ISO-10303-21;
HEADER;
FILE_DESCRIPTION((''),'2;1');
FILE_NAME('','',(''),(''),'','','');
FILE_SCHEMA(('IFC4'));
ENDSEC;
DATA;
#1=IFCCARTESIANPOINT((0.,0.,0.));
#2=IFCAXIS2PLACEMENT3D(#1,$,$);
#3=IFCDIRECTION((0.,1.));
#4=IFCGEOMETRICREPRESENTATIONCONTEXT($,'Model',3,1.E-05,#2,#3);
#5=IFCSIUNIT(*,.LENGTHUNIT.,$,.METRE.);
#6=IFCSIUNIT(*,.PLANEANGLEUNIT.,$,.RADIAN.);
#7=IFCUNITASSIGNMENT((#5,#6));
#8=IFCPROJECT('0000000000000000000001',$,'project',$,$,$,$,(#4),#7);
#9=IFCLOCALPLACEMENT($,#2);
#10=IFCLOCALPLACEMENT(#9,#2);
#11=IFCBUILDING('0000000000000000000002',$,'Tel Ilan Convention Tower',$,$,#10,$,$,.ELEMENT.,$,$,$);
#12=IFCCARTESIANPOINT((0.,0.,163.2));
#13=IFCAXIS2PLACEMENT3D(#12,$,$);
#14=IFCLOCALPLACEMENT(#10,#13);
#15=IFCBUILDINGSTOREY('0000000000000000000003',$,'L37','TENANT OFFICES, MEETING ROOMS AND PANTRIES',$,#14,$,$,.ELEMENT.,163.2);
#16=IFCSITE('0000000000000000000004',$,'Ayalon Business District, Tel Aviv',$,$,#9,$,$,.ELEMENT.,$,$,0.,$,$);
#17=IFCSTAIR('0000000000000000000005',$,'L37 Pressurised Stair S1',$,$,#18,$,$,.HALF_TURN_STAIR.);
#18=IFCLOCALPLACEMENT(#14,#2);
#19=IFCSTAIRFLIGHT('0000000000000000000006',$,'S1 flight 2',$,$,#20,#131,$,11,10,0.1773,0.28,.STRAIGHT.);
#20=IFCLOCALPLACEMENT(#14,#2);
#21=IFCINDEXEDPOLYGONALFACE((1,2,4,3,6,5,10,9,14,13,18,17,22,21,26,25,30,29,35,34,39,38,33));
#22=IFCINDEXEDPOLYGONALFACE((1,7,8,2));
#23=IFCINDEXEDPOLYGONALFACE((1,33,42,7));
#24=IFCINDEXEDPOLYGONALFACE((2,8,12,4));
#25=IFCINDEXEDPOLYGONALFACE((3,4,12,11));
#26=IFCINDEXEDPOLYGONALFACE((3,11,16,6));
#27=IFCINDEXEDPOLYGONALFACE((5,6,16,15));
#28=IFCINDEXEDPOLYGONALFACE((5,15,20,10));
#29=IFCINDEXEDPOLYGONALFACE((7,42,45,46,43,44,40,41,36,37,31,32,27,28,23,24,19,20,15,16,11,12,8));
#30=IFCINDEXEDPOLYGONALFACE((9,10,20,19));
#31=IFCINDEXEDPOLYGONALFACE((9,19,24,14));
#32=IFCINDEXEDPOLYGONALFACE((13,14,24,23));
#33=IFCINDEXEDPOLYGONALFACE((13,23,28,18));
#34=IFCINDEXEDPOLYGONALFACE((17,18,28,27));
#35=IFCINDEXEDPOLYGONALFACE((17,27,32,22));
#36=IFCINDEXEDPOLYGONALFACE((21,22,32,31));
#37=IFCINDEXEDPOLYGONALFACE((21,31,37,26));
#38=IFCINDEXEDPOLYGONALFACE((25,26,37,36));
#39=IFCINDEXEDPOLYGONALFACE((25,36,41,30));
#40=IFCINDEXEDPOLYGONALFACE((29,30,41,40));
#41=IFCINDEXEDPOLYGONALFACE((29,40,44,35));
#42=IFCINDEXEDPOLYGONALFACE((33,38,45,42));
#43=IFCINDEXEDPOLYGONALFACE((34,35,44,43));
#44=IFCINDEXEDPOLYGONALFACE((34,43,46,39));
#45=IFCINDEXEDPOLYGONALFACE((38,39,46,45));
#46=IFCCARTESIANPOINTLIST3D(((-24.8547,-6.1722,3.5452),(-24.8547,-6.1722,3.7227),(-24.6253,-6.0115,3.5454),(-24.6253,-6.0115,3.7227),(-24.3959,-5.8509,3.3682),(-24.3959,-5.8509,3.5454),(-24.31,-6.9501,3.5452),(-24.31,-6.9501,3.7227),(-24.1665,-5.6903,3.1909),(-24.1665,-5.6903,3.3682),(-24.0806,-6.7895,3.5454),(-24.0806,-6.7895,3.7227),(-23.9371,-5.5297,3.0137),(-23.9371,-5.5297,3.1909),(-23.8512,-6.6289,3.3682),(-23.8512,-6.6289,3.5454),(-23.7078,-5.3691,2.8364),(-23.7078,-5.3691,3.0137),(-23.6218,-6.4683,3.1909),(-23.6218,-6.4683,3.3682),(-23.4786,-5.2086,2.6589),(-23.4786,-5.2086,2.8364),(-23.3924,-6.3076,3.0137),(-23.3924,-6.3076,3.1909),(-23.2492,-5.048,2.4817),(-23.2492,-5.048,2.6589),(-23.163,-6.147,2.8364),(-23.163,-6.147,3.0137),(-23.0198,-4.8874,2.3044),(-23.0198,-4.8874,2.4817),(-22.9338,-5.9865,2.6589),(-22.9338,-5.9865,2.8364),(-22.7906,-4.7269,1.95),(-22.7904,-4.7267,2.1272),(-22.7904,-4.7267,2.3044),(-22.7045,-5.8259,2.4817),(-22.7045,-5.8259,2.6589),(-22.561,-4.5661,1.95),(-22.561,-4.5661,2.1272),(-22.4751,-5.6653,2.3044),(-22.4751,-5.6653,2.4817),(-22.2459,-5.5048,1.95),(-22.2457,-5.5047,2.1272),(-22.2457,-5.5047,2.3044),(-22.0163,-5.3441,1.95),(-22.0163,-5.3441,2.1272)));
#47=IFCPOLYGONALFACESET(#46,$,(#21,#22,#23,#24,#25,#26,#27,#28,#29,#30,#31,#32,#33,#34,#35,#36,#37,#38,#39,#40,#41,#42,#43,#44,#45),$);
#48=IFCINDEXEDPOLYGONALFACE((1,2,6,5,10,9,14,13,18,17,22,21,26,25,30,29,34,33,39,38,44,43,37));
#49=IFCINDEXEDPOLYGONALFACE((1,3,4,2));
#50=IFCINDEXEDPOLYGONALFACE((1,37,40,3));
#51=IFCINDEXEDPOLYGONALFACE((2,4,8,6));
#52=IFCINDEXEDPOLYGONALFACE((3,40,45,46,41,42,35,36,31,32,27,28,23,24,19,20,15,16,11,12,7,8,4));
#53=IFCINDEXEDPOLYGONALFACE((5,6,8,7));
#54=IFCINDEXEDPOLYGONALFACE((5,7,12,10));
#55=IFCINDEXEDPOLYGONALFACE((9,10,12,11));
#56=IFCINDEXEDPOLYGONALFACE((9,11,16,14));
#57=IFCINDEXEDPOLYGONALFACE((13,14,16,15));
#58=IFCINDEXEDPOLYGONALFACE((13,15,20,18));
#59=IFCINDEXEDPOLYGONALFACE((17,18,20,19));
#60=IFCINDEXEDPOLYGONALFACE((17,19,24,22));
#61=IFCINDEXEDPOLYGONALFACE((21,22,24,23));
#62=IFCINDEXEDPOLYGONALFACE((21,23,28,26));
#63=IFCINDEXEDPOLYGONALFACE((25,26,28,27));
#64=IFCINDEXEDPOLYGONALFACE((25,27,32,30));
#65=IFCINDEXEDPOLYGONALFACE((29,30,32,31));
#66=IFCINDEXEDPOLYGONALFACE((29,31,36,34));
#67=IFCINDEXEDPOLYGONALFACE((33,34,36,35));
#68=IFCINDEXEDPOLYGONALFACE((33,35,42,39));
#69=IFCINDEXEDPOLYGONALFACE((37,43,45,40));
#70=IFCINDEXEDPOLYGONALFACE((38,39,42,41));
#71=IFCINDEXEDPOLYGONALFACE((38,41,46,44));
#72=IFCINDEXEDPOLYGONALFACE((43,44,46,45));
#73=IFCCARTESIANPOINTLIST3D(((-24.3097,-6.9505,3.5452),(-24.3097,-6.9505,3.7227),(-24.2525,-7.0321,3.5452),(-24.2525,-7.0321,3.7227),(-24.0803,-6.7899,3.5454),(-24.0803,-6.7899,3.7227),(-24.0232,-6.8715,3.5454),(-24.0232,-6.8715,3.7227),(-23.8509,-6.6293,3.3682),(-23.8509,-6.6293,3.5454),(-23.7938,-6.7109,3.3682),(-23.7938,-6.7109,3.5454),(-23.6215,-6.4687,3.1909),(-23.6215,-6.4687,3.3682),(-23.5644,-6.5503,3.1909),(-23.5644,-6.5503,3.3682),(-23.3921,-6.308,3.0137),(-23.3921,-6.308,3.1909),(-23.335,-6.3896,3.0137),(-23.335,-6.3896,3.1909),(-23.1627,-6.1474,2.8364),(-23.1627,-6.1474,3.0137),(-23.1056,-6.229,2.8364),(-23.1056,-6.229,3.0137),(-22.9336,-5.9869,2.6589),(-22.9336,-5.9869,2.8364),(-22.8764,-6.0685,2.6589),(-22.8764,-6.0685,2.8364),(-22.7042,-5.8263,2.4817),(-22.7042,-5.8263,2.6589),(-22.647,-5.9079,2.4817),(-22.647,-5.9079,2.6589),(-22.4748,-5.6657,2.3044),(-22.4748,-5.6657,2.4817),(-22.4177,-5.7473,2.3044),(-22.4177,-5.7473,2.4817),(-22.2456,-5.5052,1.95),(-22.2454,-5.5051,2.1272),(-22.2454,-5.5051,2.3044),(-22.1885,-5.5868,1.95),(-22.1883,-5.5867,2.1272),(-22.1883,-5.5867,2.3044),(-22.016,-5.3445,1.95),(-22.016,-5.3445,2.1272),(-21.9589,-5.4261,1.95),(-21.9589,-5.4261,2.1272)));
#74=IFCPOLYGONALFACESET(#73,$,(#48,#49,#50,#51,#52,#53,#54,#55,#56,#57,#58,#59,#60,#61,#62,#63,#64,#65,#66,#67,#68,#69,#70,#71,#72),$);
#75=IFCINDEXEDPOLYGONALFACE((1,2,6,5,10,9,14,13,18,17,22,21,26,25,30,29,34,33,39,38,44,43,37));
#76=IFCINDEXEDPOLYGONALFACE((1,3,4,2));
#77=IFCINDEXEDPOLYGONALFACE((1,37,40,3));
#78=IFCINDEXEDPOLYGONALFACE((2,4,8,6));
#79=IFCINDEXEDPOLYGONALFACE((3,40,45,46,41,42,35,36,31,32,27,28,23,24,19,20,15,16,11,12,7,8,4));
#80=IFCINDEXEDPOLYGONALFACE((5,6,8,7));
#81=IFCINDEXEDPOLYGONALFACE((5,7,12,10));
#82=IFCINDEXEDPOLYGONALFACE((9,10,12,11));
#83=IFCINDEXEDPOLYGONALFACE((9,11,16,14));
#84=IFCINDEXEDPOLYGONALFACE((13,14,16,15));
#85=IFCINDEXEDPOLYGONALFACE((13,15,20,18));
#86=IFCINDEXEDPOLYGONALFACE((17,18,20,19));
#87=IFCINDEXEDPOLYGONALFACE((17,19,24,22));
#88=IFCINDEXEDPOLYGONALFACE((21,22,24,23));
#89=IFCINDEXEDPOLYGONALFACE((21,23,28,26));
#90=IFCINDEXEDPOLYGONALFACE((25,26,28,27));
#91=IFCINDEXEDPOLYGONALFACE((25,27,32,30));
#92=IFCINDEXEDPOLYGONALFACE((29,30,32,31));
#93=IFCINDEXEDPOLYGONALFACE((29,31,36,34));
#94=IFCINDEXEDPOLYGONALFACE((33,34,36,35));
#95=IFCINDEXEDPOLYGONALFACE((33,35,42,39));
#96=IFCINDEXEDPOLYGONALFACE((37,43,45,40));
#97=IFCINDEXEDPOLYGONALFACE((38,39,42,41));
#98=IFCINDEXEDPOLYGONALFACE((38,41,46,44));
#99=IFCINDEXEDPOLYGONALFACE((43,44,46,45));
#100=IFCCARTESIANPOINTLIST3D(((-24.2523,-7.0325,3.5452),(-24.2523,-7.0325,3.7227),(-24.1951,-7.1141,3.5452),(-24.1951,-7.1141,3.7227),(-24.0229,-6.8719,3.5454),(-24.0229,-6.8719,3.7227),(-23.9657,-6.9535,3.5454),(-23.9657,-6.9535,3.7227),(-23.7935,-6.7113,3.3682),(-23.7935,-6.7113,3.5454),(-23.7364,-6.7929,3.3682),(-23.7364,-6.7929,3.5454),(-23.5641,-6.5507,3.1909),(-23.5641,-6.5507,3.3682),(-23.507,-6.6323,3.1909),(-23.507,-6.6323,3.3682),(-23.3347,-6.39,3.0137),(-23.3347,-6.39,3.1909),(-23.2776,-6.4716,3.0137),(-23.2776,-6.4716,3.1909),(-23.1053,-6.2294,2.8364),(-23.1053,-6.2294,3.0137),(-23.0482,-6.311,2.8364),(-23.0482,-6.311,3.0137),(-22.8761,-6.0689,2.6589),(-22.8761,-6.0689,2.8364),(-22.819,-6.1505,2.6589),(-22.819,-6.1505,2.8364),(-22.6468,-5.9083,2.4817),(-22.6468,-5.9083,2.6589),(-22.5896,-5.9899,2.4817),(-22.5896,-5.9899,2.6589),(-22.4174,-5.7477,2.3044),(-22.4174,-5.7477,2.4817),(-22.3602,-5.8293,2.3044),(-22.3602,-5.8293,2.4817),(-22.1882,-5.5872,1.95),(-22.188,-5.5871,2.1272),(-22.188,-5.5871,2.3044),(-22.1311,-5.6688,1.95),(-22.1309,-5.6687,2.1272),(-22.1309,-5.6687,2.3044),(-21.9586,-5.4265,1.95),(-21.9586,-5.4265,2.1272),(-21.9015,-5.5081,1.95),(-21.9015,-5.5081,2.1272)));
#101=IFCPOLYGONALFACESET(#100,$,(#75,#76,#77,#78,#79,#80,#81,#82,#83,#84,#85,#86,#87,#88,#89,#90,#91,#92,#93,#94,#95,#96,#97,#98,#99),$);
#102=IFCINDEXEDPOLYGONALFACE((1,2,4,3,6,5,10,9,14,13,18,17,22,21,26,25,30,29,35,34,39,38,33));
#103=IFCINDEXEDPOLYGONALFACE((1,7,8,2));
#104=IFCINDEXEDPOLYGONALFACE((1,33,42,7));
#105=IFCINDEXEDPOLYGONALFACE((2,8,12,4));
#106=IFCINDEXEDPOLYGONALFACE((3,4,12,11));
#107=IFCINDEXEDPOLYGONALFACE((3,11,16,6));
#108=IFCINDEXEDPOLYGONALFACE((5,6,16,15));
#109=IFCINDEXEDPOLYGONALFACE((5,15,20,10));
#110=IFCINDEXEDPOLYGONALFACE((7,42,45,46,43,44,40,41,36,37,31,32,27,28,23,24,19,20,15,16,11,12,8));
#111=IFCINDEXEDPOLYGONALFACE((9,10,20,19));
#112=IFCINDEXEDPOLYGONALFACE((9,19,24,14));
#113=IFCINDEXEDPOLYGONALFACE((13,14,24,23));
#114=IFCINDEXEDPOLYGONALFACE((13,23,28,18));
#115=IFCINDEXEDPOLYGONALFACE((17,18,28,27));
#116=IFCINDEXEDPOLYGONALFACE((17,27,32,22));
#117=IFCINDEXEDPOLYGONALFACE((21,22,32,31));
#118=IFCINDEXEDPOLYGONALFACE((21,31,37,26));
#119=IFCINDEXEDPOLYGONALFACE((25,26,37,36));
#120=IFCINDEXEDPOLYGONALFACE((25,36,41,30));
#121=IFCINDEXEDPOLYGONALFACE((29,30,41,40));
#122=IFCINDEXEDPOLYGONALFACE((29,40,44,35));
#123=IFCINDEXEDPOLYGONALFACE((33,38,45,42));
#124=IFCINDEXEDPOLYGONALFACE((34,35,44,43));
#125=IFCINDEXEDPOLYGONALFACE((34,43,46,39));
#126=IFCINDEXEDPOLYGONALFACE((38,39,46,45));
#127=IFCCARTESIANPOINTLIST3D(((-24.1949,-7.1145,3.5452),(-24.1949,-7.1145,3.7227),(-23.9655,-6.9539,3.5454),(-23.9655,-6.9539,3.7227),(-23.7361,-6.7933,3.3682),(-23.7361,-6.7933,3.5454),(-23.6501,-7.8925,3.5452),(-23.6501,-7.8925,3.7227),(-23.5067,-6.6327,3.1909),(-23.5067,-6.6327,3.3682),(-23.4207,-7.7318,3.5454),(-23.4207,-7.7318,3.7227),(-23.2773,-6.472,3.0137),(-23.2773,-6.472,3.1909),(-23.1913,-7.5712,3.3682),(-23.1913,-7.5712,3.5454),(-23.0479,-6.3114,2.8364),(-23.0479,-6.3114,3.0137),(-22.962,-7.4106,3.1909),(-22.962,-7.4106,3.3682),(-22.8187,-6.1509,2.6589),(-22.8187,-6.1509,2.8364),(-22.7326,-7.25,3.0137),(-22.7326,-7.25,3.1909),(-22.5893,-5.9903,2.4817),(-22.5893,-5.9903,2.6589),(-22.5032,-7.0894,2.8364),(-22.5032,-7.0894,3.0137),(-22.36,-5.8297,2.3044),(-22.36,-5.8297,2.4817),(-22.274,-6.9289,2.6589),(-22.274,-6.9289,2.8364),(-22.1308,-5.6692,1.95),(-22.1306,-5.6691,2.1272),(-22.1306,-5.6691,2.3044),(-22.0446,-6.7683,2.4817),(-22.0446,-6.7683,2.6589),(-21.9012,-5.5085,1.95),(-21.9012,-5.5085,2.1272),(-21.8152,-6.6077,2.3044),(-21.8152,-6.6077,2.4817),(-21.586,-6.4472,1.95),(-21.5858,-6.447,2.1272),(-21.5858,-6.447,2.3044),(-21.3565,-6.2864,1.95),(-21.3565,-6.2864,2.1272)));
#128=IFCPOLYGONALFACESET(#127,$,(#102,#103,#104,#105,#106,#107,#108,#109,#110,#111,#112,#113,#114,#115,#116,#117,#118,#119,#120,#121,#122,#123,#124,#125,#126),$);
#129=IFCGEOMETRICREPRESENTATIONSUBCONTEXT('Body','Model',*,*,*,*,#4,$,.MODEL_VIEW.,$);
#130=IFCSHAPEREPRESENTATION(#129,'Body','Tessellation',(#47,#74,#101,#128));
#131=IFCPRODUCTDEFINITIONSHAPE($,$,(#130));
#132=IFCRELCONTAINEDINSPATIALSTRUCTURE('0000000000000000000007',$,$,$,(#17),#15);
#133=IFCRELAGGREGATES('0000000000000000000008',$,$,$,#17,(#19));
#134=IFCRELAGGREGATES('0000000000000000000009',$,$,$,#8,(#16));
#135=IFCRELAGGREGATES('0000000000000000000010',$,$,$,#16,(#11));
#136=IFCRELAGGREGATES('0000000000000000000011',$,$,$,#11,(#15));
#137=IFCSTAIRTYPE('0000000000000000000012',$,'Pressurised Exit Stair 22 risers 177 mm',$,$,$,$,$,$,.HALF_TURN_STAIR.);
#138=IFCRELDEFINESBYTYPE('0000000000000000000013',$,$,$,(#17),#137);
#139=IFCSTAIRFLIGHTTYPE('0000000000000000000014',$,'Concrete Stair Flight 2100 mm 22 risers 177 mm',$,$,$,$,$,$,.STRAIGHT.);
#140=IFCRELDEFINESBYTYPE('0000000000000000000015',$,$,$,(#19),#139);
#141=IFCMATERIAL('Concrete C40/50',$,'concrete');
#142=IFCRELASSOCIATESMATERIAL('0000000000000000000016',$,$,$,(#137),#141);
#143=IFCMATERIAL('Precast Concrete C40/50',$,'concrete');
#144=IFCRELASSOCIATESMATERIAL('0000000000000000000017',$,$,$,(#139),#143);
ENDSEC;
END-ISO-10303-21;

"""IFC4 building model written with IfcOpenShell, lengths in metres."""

from ifc_helpers import new_model, si_unit, direction, frame, origin, place, context, subcontext, project, spatial, polyline, outline, extrude, material, type_object, element, aggregate, save


model = new_model("IFC4")

# Units and contexts
model_context = context("Model", 3, precision=1e-05, world=origin(), true_north=direction((0.0, 1.0)))
body_context = subcontext(model_context, "Body", "Model", "MODEL_VIEW")
ifc_project = project(units=[si_unit("LENGTHUNIT", "METRE"), si_unit("PLANEANGLEUNIT", "RADIAN")], contexts=[model_context])

# Site, building, storey
site_placement = place(None, origin())
site = spatial("IfcSite", under=ifc_project, at=site_placement, Name="Ayalon Business District, Tel Aviv", CompositionType="ELEMENT", RefElevation=0.0)
building_placement = place(site_placement, origin())
building = spatial("IfcBuilding", under=site, at=building_placement, Name="Tel Ilan Convention Tower", CompositionType="ELEMENT")
storey_placement = place(building_placement, frame((0.0, 0.0, 163.2)))
storey = spatial("IfcBuildingStorey", under=building, at=storey_placement, Name="L37", Description="TENANT OFFICES, MEETING ROOMS AND PANTRIES", CompositionType="ELEMENT", Elevation=163.2)

# Stair, stair flight
ifc_material_1 = material(Name="Concrete C40/50", Category="concrete")
stair_type = type_object("IfcStairType", Name="Pressurised Exit Stair 22 risers 177 mm", PredefinedType="HALF_TURN_STAIR", material=ifc_material_1)
stair_1_placement = place(storey_placement, origin())
stair_1 = element("IfcStair", 1, at=stair_1_placement, inside=storey, type_object=stair_type, Name="L37 Pressurised Stair S1", PredefinedType="HALF_TURN_STAIR")
ifc_material_2 = material(Name="Precast Concrete C40/50", Category="concrete")
stair_flight_type = type_object("IfcStairFlightType", Name="Concrete Stair Flight 2100 mm 22 risers 177 mm", PredefinedType="STRAIGHT", material=ifc_material_2)
stair_flight_1_placement = place(storey_placement, frame((-21.9587, -5.4263, 1.95), z_axis=(0.0, 0.0, 1.0), x_axis=(-0.819152, -0.573576, 0.0)))
stair_flight_1 = element("IfcStairFlight", 2, at=stair_flight_1_placement, type_object=stair_flight_type, Name="S1 flight 2", NumberOfRisers=11, NumberOfTreads=10, PredefinedType="STRAIGHT", RiserHeight=0.1773, TreadLength=0.28, context=body_context, shape_type="SweptSolid", body=[
    extrude(outline(polyline([(0.0, 0.0), (0.0, 0.1772), (0.28, 0.1772), (0.28, 0.3545), (0.5601, 0.3545), (0.5601, 0.5317), (0.8401, 0.5317), (0.8401, 0.709), (1.1201, 0.709), (1.1201, 0.8865), (1.3999, 0.8865), (1.3999, 1.0637), (1.6799, 1.0637), (1.6799, 1.241), (1.96, 1.241), (1.96, 1.4182), (2.24, 1.4182), (2.24, 1.5955), (2.52, 1.5955), (2.52, 1.7727), (2.8, 1.7727), (2.8, 1.95), (2.8, 1.5952), (0.2803, 0.0), (0.0, 0.0)])), frame((0.0, -0.1003, 0.0), z_axis=(0.0, -1.0, 0.0), x_axis=(1.0, 0.0, 0.0)), (0.0, 0.0, 1.0), 0.9497),
    extrude(outline(polyline([(0.0, 0.0), (0.0, 0.1772), (0.28, 0.1772), (0.28, 0.3545), (0.5601, 0.3545), (0.5601, 0.5317), (0.8401, 0.5317), (0.8401, 0.709), (1.1201, 0.709), (1.1201, 0.8865), (1.3999, 0.8865), (1.3999, 1.0637), (1.6799, 1.0637), (1.6799, 1.241), (1.96, 1.241), (1.96, 1.4182), (2.24, 1.4182), (2.24, 1.5955), (2.52, 1.5955), (2.52, 1.7727), (2.8, 1.7727), (2.8, 1.95), (2.8, 1.5952), (0.2803, 0.0), (0.0, 0.0)])), frame((0.0, -0.0002, 0.0), z_axis=(0.0, -1.0, 0.0), x_axis=(1.0, 0.0, 0.0)), (0.0, 0.0, 1.0), 0.0996),
    extrude(outline(polyline([(0.0, 0.0), (0.0, 0.1772), (0.28, 0.1772), (0.28, 0.3545), (0.5601, 0.3545), (0.5601, 0.5317), (0.8401, 0.5317), (0.8401, 0.709), (1.1201, 0.709), (1.1201, 0.8865), (1.3999, 0.8865), (1.3999, 1.0637), (1.6799, 1.0637), (1.6799, 1.241), (1.96, 1.241), (1.96, 1.4182), (2.24, 1.4182), (2.24, 1.5955), (2.52, 1.5955), (2.52, 1.7727), (2.8, 1.7727), (2.8, 1.95), (2.8, 1.5952), (0.2803, 0.0), (0.0, 0.0)])), frame((0.0, 0.0999, 0.0), z_axis=(0.0, -1.0, 0.0), x_axis=(1.0, 0.0, 0.0)), (0.0, 0.0, 1.0), 0.0996),
    extrude(outline(polyline([(0.0, 0.0), (0.0, 0.1772), (0.28, 0.1772), (0.28, 0.3545), (0.5601, 0.3545), (0.5601, 0.5317), (0.8401, 0.5317), (0.8401, 0.709), (1.1201, 0.709), (1.1201, 0.8865), (1.3999, 0.8865), (1.3999, 1.0637), (1.6799, 1.0637), (1.6799, 1.241), (1.96, 1.241), (1.96, 1.4182), (2.24, 1.4182), (2.24, 1.5955), (2.52, 1.5955), (2.52, 1.7727), (2.8, 1.7727), (2.8, 1.95), (2.8, 1.5952), (0.2803, 0.0), (0.0, 0.0)])), frame((0.0, 1.05, 0.0), z_axis=(0.0, -1.0, 0.0), x_axis=(1.0, 0.0, 0.0)), (0.0, 0.0, 1.0), 0.9497),
])
aggregate(stair_1, [stair_flight_1])

save(model, "model.ifc")
